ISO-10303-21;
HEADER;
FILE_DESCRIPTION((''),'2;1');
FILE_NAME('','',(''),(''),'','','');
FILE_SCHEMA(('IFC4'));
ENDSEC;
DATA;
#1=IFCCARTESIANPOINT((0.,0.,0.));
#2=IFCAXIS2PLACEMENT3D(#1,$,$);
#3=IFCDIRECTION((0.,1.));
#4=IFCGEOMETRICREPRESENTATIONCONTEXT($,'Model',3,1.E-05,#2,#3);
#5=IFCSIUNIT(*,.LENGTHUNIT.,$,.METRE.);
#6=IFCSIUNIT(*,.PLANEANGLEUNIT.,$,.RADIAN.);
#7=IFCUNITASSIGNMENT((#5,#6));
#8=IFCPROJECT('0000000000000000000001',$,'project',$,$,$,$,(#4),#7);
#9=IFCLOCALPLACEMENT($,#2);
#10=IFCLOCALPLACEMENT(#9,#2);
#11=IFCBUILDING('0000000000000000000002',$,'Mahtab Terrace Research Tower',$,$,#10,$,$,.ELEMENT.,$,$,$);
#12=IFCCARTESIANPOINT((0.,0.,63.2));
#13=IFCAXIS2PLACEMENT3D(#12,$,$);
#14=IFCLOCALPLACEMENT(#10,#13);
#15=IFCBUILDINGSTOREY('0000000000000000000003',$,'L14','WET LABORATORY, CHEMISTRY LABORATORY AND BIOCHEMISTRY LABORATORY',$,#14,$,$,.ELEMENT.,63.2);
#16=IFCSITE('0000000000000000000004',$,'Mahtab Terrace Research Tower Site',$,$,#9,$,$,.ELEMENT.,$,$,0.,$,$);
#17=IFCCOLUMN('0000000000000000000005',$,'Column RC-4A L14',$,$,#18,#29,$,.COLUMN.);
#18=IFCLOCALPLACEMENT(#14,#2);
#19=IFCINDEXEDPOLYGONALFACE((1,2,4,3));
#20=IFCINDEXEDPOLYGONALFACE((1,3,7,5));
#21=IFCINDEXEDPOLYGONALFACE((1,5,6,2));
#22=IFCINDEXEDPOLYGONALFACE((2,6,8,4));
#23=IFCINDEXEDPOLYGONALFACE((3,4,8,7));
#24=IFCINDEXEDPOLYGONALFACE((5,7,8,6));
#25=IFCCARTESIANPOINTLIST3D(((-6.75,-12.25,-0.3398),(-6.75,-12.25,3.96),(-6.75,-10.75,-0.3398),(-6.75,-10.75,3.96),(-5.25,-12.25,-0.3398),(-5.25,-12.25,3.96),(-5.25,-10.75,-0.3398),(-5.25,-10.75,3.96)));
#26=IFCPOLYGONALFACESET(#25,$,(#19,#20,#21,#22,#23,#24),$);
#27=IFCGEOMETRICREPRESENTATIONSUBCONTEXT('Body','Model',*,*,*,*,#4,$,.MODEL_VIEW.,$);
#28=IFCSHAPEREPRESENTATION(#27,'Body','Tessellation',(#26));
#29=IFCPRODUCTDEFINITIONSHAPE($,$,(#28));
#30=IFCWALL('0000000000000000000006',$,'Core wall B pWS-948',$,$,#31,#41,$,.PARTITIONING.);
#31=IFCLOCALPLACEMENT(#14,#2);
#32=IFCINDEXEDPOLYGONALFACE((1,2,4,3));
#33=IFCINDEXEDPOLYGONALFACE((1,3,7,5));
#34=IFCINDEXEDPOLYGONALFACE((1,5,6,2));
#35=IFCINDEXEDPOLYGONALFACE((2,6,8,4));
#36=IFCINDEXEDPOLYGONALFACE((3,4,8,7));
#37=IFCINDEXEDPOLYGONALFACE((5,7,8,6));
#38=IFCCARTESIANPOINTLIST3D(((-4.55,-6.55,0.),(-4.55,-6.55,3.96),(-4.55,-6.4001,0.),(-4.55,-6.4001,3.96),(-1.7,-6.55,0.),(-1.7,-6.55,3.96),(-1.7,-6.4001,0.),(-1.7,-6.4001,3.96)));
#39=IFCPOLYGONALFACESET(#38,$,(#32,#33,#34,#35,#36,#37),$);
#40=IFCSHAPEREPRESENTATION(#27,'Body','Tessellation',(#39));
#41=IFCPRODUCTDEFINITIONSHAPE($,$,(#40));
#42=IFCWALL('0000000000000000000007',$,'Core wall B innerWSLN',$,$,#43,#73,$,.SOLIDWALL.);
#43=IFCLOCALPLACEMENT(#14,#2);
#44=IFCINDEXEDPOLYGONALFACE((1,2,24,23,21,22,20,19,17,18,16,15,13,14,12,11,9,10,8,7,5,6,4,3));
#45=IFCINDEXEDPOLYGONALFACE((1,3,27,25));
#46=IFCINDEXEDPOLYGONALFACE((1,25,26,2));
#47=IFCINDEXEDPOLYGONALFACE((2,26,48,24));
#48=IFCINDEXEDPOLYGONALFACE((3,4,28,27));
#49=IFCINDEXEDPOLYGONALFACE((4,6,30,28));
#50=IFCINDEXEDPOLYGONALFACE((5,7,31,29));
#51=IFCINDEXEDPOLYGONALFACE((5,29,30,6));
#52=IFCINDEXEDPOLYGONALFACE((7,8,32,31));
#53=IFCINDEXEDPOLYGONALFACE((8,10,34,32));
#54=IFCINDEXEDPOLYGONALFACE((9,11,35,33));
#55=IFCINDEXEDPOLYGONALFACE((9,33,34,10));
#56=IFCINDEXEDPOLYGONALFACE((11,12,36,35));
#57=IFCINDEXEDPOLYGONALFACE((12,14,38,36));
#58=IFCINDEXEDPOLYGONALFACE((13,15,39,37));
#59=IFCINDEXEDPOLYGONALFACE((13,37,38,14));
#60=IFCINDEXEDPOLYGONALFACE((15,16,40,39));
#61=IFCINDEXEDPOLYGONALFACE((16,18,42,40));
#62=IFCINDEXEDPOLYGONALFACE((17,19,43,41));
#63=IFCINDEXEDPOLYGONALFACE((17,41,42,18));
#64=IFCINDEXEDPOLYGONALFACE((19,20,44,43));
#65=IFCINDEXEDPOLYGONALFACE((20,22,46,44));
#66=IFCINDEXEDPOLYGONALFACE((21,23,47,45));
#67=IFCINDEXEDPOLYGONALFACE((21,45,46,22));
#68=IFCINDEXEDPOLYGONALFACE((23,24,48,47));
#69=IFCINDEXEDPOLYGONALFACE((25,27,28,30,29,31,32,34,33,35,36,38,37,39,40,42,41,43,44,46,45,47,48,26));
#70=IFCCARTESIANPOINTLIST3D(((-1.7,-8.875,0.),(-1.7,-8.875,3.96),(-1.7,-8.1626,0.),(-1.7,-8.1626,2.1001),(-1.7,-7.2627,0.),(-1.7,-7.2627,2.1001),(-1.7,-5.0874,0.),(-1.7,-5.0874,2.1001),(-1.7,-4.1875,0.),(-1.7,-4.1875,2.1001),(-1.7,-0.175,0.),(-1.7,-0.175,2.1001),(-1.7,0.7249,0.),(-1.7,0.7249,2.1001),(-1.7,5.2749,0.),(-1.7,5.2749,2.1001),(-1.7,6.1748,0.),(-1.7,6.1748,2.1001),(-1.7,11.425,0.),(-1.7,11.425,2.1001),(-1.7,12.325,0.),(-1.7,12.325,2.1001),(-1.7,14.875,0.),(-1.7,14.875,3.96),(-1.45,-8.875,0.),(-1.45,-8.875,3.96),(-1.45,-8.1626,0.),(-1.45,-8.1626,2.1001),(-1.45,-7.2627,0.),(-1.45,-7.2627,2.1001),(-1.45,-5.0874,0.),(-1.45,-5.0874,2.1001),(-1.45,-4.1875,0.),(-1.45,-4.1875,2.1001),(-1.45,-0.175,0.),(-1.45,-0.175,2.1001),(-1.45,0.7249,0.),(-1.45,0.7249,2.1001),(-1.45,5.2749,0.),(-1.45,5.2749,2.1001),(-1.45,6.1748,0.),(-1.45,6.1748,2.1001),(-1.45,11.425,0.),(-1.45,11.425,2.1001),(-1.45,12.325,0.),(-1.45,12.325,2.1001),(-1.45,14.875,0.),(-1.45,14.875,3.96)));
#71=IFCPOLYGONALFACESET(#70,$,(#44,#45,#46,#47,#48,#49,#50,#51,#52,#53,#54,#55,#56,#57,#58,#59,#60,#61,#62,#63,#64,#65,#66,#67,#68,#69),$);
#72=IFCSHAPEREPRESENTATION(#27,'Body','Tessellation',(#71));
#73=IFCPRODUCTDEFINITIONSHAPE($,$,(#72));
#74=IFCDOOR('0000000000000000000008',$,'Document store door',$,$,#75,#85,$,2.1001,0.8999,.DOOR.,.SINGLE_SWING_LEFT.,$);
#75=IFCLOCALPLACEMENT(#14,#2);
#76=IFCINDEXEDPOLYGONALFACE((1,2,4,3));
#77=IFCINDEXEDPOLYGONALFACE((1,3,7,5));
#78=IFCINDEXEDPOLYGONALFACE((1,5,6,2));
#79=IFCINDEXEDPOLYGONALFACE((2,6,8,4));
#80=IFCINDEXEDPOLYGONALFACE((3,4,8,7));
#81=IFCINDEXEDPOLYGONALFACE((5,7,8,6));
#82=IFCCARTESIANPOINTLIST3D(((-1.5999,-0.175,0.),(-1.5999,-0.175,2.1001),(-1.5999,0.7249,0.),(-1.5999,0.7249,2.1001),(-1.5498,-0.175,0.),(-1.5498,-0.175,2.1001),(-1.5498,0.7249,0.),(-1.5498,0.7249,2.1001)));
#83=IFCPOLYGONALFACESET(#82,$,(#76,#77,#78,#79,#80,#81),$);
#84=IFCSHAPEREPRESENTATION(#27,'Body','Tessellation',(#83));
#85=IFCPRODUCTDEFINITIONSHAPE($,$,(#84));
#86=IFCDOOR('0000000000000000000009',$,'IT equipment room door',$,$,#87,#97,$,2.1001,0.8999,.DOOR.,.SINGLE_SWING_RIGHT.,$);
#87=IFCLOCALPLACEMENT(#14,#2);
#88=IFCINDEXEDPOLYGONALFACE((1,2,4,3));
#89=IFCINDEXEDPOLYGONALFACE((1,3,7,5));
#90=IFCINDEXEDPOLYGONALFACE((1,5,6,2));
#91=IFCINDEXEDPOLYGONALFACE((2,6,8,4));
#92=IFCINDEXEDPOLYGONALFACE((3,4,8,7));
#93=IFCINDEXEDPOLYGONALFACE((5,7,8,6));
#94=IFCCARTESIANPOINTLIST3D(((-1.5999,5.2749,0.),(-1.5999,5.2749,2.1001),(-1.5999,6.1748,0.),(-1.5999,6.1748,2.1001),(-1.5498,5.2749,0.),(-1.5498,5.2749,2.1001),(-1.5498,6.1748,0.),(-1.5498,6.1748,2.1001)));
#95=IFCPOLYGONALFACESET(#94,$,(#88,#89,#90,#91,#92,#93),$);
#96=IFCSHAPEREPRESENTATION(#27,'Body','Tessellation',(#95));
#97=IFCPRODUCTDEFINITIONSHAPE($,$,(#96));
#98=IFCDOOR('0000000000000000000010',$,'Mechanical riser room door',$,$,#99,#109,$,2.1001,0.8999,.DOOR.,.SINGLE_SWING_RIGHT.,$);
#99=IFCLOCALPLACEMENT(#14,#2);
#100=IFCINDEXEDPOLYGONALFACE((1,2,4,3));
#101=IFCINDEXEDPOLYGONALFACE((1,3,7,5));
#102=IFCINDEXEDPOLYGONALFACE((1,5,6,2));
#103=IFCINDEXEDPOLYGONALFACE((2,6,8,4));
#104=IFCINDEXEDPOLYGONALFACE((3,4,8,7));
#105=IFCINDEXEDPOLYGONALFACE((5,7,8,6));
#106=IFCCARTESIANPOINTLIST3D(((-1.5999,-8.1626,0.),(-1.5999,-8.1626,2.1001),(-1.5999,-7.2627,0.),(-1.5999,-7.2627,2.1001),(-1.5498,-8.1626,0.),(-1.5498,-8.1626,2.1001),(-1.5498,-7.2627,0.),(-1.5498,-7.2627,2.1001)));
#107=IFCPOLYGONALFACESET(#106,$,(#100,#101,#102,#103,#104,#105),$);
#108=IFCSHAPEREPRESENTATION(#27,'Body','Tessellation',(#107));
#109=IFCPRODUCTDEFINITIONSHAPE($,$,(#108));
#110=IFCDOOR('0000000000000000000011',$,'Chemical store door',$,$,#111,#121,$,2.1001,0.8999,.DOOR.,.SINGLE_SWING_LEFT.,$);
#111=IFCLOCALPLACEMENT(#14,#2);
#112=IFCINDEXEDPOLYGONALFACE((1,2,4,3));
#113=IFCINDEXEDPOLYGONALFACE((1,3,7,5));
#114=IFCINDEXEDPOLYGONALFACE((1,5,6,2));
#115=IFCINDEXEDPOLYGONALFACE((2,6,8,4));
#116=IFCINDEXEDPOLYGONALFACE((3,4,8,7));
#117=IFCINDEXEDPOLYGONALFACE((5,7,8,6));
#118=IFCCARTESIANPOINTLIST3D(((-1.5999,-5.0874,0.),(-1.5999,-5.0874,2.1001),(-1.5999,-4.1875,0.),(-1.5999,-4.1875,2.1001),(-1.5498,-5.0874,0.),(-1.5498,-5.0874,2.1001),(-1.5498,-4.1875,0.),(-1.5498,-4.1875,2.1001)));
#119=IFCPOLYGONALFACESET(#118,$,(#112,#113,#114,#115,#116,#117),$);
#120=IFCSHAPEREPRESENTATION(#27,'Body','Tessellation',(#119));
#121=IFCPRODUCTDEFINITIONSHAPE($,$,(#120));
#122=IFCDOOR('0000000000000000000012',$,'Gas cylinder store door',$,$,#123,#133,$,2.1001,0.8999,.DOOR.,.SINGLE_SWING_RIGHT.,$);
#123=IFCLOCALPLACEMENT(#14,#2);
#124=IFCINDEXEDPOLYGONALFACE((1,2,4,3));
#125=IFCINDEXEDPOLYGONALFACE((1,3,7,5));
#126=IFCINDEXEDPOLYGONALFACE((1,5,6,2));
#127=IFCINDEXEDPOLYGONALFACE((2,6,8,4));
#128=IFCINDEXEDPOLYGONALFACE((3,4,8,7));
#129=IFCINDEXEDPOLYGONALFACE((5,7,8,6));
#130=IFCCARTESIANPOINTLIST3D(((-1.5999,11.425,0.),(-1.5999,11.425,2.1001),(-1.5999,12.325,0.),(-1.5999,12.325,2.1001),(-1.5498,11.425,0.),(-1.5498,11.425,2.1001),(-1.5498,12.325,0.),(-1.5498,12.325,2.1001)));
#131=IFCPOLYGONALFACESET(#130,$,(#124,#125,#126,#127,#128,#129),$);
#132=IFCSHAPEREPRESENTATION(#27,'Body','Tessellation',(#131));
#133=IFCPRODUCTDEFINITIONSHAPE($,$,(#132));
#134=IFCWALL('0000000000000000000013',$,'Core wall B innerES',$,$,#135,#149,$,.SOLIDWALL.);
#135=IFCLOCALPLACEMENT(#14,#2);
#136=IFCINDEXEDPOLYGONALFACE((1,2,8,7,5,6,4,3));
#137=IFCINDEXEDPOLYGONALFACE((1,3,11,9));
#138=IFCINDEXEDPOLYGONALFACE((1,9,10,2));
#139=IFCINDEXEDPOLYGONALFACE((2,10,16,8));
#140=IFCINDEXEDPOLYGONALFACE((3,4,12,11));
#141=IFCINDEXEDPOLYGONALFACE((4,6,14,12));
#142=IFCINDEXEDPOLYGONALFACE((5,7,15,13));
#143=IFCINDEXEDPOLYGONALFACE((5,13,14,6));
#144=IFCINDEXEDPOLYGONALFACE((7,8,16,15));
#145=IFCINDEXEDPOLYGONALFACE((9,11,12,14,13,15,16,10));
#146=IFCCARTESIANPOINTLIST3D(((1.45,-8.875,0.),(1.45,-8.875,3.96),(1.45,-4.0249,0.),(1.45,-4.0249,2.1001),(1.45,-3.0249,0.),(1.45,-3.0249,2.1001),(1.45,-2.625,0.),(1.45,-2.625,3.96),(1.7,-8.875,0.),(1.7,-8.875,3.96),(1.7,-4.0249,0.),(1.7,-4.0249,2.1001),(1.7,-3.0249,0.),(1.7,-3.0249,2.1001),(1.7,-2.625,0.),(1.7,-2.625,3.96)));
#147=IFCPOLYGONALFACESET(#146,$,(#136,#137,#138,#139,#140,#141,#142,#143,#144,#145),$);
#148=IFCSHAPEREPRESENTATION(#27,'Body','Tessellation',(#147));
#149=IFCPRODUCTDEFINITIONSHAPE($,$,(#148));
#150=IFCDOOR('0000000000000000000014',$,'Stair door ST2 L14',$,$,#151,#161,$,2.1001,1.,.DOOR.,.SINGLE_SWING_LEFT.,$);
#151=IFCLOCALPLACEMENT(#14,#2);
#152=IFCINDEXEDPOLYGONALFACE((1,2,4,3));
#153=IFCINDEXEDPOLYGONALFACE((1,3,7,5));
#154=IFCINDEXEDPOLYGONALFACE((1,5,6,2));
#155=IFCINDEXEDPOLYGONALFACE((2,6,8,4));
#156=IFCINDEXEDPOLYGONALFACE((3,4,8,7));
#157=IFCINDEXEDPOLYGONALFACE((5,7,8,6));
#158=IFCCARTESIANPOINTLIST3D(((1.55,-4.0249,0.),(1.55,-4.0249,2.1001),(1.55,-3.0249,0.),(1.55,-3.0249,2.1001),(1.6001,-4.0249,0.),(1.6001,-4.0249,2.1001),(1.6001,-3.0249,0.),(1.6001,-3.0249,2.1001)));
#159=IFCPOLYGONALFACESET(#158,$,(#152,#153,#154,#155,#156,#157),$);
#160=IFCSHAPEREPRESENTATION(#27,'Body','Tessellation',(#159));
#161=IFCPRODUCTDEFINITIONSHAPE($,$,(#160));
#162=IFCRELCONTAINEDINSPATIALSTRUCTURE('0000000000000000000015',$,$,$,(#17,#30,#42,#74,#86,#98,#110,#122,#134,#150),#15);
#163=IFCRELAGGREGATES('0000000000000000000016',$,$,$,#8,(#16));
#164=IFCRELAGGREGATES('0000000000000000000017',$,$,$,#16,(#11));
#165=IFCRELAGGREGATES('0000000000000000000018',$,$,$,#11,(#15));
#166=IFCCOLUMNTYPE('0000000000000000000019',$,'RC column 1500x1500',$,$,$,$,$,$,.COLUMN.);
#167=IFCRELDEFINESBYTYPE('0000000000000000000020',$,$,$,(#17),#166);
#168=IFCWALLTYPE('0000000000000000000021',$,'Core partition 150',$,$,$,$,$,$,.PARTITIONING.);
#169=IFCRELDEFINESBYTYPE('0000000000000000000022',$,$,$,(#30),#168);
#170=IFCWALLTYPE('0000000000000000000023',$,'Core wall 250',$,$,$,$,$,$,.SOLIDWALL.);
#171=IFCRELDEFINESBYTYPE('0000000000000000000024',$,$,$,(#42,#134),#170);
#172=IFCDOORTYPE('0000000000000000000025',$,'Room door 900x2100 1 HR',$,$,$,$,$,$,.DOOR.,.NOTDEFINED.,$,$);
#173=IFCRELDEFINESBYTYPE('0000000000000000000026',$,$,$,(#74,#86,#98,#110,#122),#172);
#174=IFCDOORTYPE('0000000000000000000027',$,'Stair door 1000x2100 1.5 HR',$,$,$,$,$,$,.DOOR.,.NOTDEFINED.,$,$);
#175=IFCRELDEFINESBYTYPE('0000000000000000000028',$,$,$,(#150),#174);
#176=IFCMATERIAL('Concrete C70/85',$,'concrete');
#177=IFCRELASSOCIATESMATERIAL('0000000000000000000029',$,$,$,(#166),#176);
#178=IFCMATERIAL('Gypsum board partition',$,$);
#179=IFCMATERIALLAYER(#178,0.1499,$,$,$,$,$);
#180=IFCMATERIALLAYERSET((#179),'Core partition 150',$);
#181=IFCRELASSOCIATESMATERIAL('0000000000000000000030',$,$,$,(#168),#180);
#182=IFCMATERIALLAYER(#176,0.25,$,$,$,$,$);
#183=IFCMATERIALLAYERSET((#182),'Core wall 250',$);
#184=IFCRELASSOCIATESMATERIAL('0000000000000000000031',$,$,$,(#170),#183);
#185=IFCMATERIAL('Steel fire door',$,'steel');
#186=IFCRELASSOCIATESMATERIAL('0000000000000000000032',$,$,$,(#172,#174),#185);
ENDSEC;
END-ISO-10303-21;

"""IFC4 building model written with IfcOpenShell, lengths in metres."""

from ifc_helpers import new_model, si_unit, direction, frame, frame_2d, origin, origin_2d, place, context, subcontext, project, spatial, rectangle, extrude, material, layer, layer_set, material_profile, profile_set, type_object, element, fill, save


model = new_model("IFC4")

# Units and contexts
model_context = context("Model", 3, precision=1e-05, world=origin(), true_north=direction((0.0, 1.0)))
body_context = subcontext(model_context, "Body", "Model", "MODEL_VIEW")
ifc_project = project(units=[si_unit("LENGTHUNIT", "METRE"), si_unit("PLANEANGLEUNIT", "RADIAN")], contexts=[model_context])

# Site, building, storey
site_placement = place(None, origin())
site = spatial("IfcSite", under=ifc_project, at=site_placement, Name="Mahtab Terrace Research Tower Site", CompositionType="ELEMENT", RefElevation=0.0)
building_placement = place(site_placement, origin())
building = spatial("IfcBuilding", under=site, at=building_placement, Name="Mahtab Terrace Research Tower", CompositionType="ELEMENT")
storey_placement = place(building_placement, frame((0.0, 0.0, 63.2)))
storey = spatial("IfcBuildingStorey", under=building, at=storey_placement, Name="L14", Description="WET LABORATORY, CHEMISTRY LABORATORY AND BIOCHEMISTRY LABORATORY", CompositionType="ELEMENT", Elevation=63.2)

# Column
ifc_material_1 = material(Name="Concrete C70/85", Category="concrete")
ifc_material_profile = material_profile(ifc_material_1, rectangle(XDim=1.5, YDim=1.5, at=origin_2d()), Name="RC column 1500x1500")
ifc_profile_set = profile_set([ifc_material_profile], Name="Concrete C70/85")
column_type = type_object("IfcColumnType", Name="RC column 1500x1500", PredefinedType="COLUMN", material=ifc_profile_set)
column_placement = place(storey_placement, frame((-6.0, -11.5, -0.3398), z_axis=(0.0, 0.0, 1.0), x_axis=(1.0, 0.0, 0.0)))
element("IfcColumn", 1, at=column_placement, inside=storey, type_object=column_type, Name="Column RC-4A L14", PredefinedType="COLUMN", context=body_context, shape_type="SweptSolid", body=[
    extrude(rectangle(XDim=1.5, YDim=1.5, at=origin_2d()), origin(), (0.0, 0.0, 1.0), 4.2998),
])

# Wall
ifc_material_2 = material(Name="Gypsum board partition")
ifc_layer_1 = layer(ifc_material_2, 0.1499)
ifc_layer_set_1 = layer_set([ifc_layer_1], Name="Core partition 150")
wall_type_1 = type_object("IfcWallType", Name="Core partition 150", PredefinedType="PARTITIONING", material=ifc_layer_set_1)
wall_1_placement = place(storey_placement, frame((-4.55, -6.4751, 0.0), z_axis=(0.0, 0.0, 1.0), x_axis=(1.0, 0.0, 0.0)))
element("IfcWall", 2, at=wall_1_placement, inside=storey, type_object=wall_type_1, Name="Core wall B pWS-948", PredefinedType="PARTITIONING", context=body_context, shape_type="SweptSolid", body=[
    extrude(rectangle(XDim=2.8501, YDim=0.1499, at=frame_2d((1.425, 0.0))), origin(), (0.0, 0.0, 1.0), 3.96),
])

# Wall, openings, doors
ifc_layer_2 = layer(ifc_material_1, 0.25)
ifc_layer_set_2 = layer_set([ifc_layer_2], Name="Core wall 250")
wall_type_2 = type_object("IfcWallType", Name="Core wall 250", PredefinedType="SOLIDWALL", material=ifc_layer_set_2)
wall_2_placement = place(storey_placement, frame((-1.575, -8.875, 0.0), z_axis=(0.0, 0.0, 1.0), x_axis=(0.0, 1.0, 0.0)))
wall_2 = element("IfcWall", 3, at=wall_2_placement, inside=storey, type_object=wall_type_2, Name="Core wall B innerWSLN", PredefinedType="SOLIDWALL", context=body_context, shape_type="SweptSolid", body=[
    extrude(rectangle(XDim=23.75, YDim=0.25, at=frame_2d((11.875, 0.0))), origin(), (0.0, 0.0, 1.0), 3.96),
])
opening_1_placement = place(wall_2_placement, frame((8.7, 0.0, 0.0)))
opening_1 = element("IfcOpeningElement", 4, at=opening_1_placement, cuts=wall_2, PredefinedType="OPENING", context=body_context, shape_type="SweptSolid", body=[
    extrude(rectangle(XDim=0.8999, YDim=2.1001, at=frame_2d((0.45, 1.05))), frame((0.0, 0.135, 0.0), z_axis=(0.0, -1.0, 0.0), x_axis=(1.0, 0.0, 0.0)), (0.0, 0.0, 1.0), 0.27),
])
opening_2_placement = place(wall_2_placement, frame((14.1499, 0.0, 0.0)))
opening_2 = element("IfcOpeningElement", 5, at=opening_2_placement, cuts=wall_2, PredefinedType="OPENING", context=body_context, shape_type="SweptSolid", body=[
    extrude(rectangle(XDim=0.8999, YDim=2.1001, at=frame_2d((0.45, 1.05))), frame((0.0, 0.135, 0.0), z_axis=(0.0, -1.0, 0.0), x_axis=(1.0, 0.0, 0.0)), (0.0, 0.0, 1.0), 0.27),
])
opening_3_placement = place(wall_2_placement, frame((0.7124, 0.0, 0.0)))
opening_3 = element("IfcOpeningElement", 6, at=opening_3_placement, cuts=wall_2, PredefinedType="OPENING", context=body_context, shape_type="SweptSolid", body=[
    extrude(rectangle(XDim=0.8999, YDim=2.1001, at=frame_2d((0.45, 1.05))), frame((0.0, 0.135, 0.0), z_axis=(0.0, -1.0, 0.0), x_axis=(1.0, 0.0, 0.0)), (0.0, 0.0, 1.0), 0.27),
])
opening_4_placement = place(wall_2_placement, frame((3.7876, 0.0, 0.0)))
opening_4 = element("IfcOpeningElement", 7, at=opening_4_placement, cuts=wall_2, PredefinedType="OPENING", context=body_context, shape_type="SweptSolid", body=[
    extrude(rectangle(XDim=0.8999, YDim=2.1001, at=frame_2d((0.45, 1.05))), frame((0.0, 0.135, 0.0), z_axis=(0.0, -1.0, 0.0), x_axis=(1.0, 0.0, 0.0)), (0.0, 0.0, 1.0), 0.27),
])
opening_5_placement = place(wall_2_placement, frame((20.3, 0.0, 0.0)))
opening_5 = element("IfcOpeningElement", 8, at=opening_5_placement, cuts=wall_2, PredefinedType="OPENING", context=body_context, shape_type="SweptSolid", body=[
    extrude(rectangle(XDim=0.8999, YDim=2.1001, at=frame_2d((0.45, 1.05))), frame((0.0, 0.135, 0.0), z_axis=(0.0, -1.0, 0.0), x_axis=(1.0, 0.0, 0.0)), (0.0, 0.0, 1.0), 0.27),
])
ifc_material_3 = material(Name="Steel fire door", Category="steel")
door_type_1 = type_object("IfcDoorType", Name="Room door 900x2100 1 HR", OperationType="NOTDEFINED", PredefinedType="DOOR", material=ifc_material_3)
door_1_placement = place(opening_1_placement, origin())
door_1 = element("IfcDoor", 9, at=door_1_placement, inside=storey, type_object=door_type_1, Name="Document store door", OperationType="SINGLE_SWING_LEFT", OverallHeight=2.1001, OverallWidth=0.8999, PredefinedType="DOOR", context=body_context, shape_type="SweptSolid", body=[
    extrude(rectangle(XDim=0.8999, YDim=2.1001, at=frame_2d((0.45, 1.05))), frame((0.0, 0.0249, 0.0), z_axis=(0.0, -1.0, 0.0), x_axis=(1.0, 0.0, 0.0)), (0.0, 0.0, 1.0), 0.05),
])
fill(opening_1, door_1)
door_2_placement = place(opening_2_placement, origin())
door_2 = element("IfcDoor", 10, at=door_2_placement, inside=storey, type_object=door_type_1, Name="IT equipment room door", OperationType="SINGLE_SWING_RIGHT", OverallHeight=2.1001, OverallWidth=0.8999, PredefinedType="DOOR", context=body_context, shape_type="SweptSolid", body=[
    extrude(rectangle(XDim=0.8999, YDim=2.1001, at=frame_2d((0.45, 1.05))), frame((0.0, 0.0249, 0.0), z_axis=(0.0, -1.0, 0.0), x_axis=(1.0, 0.0, 0.0)), (0.0, 0.0, 1.0), 0.05),
])
fill(opening_2, door_2)
door_3_placement = place(opening_3_placement, origin())
door_3 = element("IfcDoor", 11, at=door_3_placement, inside=storey, type_object=door_type_1, Name="Mechanical riser room door", OperationType="SINGLE_SWING_RIGHT", OverallHeight=2.1001, OverallWidth=0.8999, PredefinedType="DOOR", context=body_context, shape_type="SweptSolid", body=[
    extrude(rectangle(XDim=0.8999, YDim=2.1001, at=frame_2d((0.45, 1.05))), frame((0.0, 0.0249, 0.0), z_axis=(0.0, -1.0, 0.0), x_axis=(1.0, 0.0, 0.0)), (0.0, 0.0, 1.0), 0.05),
])
fill(opening_3, door_3)
door_4_placement = place(opening_4_placement, origin())
door_4 = element("IfcDoor", 12, at=door_4_placement, inside=storey, type_object=door_type_1, Name="Chemical store door", OperationType="SINGLE_SWING_LEFT", OverallHeight=2.1001, OverallWidth=0.8999, PredefinedType="DOOR", context=body_context, shape_type="SweptSolid", body=[
    extrude(rectangle(XDim=0.8999, YDim=2.1001, at=frame_2d((0.45, 1.05))), frame((0.0, 0.0249, 0.0), z_axis=(0.0, -1.0, 0.0), x_axis=(1.0, 0.0, 0.0)), (0.0, 0.0, 1.0), 0.05),
])
fill(opening_4, door_4)
door_5_placement = place(opening_5_placement, origin())
door_5 = element("IfcDoor", 13, at=door_5_placement, inside=storey, type_object=door_type_1, Name="Gas cylinder store door", OperationType="SINGLE_SWING_RIGHT", OverallHeight=2.1001, OverallWidth=0.8999, PredefinedType="DOOR", context=body_context, shape_type="SweptSolid", body=[
    extrude(rectangle(XDim=0.8999, YDim=2.1001, at=frame_2d((0.45, 1.05))), frame((0.0, 0.0249, 0.0), z_axis=(0.0, -1.0, 0.0), x_axis=(1.0, 0.0, 0.0)), (0.0, 0.0, 1.0), 0.05),
])
fill(opening_5, door_5)

# Wall, opening, door
wall_3_placement = place(storey_placement, frame((1.575, -8.875, 0.0), z_axis=(0.0, 0.0, 1.0), x_axis=(0.0, 1.0, 0.0)))
wall_3 = element("IfcWall", 14, at=wall_3_placement, inside=storey, type_object=wall_type_2, Name="Core wall B innerES", PredefinedType="SOLIDWALL", context=body_context, shape_type="SweptSolid", body=[
    extrude(rectangle(XDim=6.25, YDim=0.25, at=frame_2d((3.125, 0.0))), origin(), (0.0, 0.0, 1.0), 3.96),
])
opening_6_placement = place(wall_3_placement, frame((4.8501, 0.0, 0.0)))
opening_6 = element("IfcOpeningElement", 15, at=opening_6_placement, cuts=wall_3, PredefinedType="OPENING", context=body_context, shape_type="SweptSolid", body=[
    extrude(rectangle(XDim=1.0, YDim=2.1001, at=frame_2d((0.5, 1.05))), frame((0.0, 0.135, 0.0), z_axis=(0.0, -1.0, 0.0), x_axis=(1.0, 0.0, 0.0)), (0.0, 0.0, 1.0), 0.27),
])
door_type_2 = type_object("IfcDoorType", Name="Stair door 1000x2100 1.5 HR", OperationType="NOTDEFINED", PredefinedType="DOOR", material=ifc_material_3)
door_6_placement = place(opening_6_placement, origin())
door_6 = element("IfcDoor", 16, at=door_6_placement, inside=storey, type_object=door_type_2, Name="Stair door ST2 L14", OperationType="SINGLE_SWING_LEFT", OverallHeight=2.1001, OverallWidth=1.0, PredefinedType="DOOR", context=body_context, shape_type="SweptSolid", body=[
    extrude(rectangle(XDim=1.0, YDim=2.1001, at=frame_2d((0.5, 1.05))), frame((0.0, 0.0249, 0.0), z_axis=(0.0, -1.0, 0.0), x_axis=(1.0, 0.0, 0.0)), (0.0, 0.0, 1.0), 0.05),
])
fill(opening_6, door_6)

save(model, "model.ifc")
